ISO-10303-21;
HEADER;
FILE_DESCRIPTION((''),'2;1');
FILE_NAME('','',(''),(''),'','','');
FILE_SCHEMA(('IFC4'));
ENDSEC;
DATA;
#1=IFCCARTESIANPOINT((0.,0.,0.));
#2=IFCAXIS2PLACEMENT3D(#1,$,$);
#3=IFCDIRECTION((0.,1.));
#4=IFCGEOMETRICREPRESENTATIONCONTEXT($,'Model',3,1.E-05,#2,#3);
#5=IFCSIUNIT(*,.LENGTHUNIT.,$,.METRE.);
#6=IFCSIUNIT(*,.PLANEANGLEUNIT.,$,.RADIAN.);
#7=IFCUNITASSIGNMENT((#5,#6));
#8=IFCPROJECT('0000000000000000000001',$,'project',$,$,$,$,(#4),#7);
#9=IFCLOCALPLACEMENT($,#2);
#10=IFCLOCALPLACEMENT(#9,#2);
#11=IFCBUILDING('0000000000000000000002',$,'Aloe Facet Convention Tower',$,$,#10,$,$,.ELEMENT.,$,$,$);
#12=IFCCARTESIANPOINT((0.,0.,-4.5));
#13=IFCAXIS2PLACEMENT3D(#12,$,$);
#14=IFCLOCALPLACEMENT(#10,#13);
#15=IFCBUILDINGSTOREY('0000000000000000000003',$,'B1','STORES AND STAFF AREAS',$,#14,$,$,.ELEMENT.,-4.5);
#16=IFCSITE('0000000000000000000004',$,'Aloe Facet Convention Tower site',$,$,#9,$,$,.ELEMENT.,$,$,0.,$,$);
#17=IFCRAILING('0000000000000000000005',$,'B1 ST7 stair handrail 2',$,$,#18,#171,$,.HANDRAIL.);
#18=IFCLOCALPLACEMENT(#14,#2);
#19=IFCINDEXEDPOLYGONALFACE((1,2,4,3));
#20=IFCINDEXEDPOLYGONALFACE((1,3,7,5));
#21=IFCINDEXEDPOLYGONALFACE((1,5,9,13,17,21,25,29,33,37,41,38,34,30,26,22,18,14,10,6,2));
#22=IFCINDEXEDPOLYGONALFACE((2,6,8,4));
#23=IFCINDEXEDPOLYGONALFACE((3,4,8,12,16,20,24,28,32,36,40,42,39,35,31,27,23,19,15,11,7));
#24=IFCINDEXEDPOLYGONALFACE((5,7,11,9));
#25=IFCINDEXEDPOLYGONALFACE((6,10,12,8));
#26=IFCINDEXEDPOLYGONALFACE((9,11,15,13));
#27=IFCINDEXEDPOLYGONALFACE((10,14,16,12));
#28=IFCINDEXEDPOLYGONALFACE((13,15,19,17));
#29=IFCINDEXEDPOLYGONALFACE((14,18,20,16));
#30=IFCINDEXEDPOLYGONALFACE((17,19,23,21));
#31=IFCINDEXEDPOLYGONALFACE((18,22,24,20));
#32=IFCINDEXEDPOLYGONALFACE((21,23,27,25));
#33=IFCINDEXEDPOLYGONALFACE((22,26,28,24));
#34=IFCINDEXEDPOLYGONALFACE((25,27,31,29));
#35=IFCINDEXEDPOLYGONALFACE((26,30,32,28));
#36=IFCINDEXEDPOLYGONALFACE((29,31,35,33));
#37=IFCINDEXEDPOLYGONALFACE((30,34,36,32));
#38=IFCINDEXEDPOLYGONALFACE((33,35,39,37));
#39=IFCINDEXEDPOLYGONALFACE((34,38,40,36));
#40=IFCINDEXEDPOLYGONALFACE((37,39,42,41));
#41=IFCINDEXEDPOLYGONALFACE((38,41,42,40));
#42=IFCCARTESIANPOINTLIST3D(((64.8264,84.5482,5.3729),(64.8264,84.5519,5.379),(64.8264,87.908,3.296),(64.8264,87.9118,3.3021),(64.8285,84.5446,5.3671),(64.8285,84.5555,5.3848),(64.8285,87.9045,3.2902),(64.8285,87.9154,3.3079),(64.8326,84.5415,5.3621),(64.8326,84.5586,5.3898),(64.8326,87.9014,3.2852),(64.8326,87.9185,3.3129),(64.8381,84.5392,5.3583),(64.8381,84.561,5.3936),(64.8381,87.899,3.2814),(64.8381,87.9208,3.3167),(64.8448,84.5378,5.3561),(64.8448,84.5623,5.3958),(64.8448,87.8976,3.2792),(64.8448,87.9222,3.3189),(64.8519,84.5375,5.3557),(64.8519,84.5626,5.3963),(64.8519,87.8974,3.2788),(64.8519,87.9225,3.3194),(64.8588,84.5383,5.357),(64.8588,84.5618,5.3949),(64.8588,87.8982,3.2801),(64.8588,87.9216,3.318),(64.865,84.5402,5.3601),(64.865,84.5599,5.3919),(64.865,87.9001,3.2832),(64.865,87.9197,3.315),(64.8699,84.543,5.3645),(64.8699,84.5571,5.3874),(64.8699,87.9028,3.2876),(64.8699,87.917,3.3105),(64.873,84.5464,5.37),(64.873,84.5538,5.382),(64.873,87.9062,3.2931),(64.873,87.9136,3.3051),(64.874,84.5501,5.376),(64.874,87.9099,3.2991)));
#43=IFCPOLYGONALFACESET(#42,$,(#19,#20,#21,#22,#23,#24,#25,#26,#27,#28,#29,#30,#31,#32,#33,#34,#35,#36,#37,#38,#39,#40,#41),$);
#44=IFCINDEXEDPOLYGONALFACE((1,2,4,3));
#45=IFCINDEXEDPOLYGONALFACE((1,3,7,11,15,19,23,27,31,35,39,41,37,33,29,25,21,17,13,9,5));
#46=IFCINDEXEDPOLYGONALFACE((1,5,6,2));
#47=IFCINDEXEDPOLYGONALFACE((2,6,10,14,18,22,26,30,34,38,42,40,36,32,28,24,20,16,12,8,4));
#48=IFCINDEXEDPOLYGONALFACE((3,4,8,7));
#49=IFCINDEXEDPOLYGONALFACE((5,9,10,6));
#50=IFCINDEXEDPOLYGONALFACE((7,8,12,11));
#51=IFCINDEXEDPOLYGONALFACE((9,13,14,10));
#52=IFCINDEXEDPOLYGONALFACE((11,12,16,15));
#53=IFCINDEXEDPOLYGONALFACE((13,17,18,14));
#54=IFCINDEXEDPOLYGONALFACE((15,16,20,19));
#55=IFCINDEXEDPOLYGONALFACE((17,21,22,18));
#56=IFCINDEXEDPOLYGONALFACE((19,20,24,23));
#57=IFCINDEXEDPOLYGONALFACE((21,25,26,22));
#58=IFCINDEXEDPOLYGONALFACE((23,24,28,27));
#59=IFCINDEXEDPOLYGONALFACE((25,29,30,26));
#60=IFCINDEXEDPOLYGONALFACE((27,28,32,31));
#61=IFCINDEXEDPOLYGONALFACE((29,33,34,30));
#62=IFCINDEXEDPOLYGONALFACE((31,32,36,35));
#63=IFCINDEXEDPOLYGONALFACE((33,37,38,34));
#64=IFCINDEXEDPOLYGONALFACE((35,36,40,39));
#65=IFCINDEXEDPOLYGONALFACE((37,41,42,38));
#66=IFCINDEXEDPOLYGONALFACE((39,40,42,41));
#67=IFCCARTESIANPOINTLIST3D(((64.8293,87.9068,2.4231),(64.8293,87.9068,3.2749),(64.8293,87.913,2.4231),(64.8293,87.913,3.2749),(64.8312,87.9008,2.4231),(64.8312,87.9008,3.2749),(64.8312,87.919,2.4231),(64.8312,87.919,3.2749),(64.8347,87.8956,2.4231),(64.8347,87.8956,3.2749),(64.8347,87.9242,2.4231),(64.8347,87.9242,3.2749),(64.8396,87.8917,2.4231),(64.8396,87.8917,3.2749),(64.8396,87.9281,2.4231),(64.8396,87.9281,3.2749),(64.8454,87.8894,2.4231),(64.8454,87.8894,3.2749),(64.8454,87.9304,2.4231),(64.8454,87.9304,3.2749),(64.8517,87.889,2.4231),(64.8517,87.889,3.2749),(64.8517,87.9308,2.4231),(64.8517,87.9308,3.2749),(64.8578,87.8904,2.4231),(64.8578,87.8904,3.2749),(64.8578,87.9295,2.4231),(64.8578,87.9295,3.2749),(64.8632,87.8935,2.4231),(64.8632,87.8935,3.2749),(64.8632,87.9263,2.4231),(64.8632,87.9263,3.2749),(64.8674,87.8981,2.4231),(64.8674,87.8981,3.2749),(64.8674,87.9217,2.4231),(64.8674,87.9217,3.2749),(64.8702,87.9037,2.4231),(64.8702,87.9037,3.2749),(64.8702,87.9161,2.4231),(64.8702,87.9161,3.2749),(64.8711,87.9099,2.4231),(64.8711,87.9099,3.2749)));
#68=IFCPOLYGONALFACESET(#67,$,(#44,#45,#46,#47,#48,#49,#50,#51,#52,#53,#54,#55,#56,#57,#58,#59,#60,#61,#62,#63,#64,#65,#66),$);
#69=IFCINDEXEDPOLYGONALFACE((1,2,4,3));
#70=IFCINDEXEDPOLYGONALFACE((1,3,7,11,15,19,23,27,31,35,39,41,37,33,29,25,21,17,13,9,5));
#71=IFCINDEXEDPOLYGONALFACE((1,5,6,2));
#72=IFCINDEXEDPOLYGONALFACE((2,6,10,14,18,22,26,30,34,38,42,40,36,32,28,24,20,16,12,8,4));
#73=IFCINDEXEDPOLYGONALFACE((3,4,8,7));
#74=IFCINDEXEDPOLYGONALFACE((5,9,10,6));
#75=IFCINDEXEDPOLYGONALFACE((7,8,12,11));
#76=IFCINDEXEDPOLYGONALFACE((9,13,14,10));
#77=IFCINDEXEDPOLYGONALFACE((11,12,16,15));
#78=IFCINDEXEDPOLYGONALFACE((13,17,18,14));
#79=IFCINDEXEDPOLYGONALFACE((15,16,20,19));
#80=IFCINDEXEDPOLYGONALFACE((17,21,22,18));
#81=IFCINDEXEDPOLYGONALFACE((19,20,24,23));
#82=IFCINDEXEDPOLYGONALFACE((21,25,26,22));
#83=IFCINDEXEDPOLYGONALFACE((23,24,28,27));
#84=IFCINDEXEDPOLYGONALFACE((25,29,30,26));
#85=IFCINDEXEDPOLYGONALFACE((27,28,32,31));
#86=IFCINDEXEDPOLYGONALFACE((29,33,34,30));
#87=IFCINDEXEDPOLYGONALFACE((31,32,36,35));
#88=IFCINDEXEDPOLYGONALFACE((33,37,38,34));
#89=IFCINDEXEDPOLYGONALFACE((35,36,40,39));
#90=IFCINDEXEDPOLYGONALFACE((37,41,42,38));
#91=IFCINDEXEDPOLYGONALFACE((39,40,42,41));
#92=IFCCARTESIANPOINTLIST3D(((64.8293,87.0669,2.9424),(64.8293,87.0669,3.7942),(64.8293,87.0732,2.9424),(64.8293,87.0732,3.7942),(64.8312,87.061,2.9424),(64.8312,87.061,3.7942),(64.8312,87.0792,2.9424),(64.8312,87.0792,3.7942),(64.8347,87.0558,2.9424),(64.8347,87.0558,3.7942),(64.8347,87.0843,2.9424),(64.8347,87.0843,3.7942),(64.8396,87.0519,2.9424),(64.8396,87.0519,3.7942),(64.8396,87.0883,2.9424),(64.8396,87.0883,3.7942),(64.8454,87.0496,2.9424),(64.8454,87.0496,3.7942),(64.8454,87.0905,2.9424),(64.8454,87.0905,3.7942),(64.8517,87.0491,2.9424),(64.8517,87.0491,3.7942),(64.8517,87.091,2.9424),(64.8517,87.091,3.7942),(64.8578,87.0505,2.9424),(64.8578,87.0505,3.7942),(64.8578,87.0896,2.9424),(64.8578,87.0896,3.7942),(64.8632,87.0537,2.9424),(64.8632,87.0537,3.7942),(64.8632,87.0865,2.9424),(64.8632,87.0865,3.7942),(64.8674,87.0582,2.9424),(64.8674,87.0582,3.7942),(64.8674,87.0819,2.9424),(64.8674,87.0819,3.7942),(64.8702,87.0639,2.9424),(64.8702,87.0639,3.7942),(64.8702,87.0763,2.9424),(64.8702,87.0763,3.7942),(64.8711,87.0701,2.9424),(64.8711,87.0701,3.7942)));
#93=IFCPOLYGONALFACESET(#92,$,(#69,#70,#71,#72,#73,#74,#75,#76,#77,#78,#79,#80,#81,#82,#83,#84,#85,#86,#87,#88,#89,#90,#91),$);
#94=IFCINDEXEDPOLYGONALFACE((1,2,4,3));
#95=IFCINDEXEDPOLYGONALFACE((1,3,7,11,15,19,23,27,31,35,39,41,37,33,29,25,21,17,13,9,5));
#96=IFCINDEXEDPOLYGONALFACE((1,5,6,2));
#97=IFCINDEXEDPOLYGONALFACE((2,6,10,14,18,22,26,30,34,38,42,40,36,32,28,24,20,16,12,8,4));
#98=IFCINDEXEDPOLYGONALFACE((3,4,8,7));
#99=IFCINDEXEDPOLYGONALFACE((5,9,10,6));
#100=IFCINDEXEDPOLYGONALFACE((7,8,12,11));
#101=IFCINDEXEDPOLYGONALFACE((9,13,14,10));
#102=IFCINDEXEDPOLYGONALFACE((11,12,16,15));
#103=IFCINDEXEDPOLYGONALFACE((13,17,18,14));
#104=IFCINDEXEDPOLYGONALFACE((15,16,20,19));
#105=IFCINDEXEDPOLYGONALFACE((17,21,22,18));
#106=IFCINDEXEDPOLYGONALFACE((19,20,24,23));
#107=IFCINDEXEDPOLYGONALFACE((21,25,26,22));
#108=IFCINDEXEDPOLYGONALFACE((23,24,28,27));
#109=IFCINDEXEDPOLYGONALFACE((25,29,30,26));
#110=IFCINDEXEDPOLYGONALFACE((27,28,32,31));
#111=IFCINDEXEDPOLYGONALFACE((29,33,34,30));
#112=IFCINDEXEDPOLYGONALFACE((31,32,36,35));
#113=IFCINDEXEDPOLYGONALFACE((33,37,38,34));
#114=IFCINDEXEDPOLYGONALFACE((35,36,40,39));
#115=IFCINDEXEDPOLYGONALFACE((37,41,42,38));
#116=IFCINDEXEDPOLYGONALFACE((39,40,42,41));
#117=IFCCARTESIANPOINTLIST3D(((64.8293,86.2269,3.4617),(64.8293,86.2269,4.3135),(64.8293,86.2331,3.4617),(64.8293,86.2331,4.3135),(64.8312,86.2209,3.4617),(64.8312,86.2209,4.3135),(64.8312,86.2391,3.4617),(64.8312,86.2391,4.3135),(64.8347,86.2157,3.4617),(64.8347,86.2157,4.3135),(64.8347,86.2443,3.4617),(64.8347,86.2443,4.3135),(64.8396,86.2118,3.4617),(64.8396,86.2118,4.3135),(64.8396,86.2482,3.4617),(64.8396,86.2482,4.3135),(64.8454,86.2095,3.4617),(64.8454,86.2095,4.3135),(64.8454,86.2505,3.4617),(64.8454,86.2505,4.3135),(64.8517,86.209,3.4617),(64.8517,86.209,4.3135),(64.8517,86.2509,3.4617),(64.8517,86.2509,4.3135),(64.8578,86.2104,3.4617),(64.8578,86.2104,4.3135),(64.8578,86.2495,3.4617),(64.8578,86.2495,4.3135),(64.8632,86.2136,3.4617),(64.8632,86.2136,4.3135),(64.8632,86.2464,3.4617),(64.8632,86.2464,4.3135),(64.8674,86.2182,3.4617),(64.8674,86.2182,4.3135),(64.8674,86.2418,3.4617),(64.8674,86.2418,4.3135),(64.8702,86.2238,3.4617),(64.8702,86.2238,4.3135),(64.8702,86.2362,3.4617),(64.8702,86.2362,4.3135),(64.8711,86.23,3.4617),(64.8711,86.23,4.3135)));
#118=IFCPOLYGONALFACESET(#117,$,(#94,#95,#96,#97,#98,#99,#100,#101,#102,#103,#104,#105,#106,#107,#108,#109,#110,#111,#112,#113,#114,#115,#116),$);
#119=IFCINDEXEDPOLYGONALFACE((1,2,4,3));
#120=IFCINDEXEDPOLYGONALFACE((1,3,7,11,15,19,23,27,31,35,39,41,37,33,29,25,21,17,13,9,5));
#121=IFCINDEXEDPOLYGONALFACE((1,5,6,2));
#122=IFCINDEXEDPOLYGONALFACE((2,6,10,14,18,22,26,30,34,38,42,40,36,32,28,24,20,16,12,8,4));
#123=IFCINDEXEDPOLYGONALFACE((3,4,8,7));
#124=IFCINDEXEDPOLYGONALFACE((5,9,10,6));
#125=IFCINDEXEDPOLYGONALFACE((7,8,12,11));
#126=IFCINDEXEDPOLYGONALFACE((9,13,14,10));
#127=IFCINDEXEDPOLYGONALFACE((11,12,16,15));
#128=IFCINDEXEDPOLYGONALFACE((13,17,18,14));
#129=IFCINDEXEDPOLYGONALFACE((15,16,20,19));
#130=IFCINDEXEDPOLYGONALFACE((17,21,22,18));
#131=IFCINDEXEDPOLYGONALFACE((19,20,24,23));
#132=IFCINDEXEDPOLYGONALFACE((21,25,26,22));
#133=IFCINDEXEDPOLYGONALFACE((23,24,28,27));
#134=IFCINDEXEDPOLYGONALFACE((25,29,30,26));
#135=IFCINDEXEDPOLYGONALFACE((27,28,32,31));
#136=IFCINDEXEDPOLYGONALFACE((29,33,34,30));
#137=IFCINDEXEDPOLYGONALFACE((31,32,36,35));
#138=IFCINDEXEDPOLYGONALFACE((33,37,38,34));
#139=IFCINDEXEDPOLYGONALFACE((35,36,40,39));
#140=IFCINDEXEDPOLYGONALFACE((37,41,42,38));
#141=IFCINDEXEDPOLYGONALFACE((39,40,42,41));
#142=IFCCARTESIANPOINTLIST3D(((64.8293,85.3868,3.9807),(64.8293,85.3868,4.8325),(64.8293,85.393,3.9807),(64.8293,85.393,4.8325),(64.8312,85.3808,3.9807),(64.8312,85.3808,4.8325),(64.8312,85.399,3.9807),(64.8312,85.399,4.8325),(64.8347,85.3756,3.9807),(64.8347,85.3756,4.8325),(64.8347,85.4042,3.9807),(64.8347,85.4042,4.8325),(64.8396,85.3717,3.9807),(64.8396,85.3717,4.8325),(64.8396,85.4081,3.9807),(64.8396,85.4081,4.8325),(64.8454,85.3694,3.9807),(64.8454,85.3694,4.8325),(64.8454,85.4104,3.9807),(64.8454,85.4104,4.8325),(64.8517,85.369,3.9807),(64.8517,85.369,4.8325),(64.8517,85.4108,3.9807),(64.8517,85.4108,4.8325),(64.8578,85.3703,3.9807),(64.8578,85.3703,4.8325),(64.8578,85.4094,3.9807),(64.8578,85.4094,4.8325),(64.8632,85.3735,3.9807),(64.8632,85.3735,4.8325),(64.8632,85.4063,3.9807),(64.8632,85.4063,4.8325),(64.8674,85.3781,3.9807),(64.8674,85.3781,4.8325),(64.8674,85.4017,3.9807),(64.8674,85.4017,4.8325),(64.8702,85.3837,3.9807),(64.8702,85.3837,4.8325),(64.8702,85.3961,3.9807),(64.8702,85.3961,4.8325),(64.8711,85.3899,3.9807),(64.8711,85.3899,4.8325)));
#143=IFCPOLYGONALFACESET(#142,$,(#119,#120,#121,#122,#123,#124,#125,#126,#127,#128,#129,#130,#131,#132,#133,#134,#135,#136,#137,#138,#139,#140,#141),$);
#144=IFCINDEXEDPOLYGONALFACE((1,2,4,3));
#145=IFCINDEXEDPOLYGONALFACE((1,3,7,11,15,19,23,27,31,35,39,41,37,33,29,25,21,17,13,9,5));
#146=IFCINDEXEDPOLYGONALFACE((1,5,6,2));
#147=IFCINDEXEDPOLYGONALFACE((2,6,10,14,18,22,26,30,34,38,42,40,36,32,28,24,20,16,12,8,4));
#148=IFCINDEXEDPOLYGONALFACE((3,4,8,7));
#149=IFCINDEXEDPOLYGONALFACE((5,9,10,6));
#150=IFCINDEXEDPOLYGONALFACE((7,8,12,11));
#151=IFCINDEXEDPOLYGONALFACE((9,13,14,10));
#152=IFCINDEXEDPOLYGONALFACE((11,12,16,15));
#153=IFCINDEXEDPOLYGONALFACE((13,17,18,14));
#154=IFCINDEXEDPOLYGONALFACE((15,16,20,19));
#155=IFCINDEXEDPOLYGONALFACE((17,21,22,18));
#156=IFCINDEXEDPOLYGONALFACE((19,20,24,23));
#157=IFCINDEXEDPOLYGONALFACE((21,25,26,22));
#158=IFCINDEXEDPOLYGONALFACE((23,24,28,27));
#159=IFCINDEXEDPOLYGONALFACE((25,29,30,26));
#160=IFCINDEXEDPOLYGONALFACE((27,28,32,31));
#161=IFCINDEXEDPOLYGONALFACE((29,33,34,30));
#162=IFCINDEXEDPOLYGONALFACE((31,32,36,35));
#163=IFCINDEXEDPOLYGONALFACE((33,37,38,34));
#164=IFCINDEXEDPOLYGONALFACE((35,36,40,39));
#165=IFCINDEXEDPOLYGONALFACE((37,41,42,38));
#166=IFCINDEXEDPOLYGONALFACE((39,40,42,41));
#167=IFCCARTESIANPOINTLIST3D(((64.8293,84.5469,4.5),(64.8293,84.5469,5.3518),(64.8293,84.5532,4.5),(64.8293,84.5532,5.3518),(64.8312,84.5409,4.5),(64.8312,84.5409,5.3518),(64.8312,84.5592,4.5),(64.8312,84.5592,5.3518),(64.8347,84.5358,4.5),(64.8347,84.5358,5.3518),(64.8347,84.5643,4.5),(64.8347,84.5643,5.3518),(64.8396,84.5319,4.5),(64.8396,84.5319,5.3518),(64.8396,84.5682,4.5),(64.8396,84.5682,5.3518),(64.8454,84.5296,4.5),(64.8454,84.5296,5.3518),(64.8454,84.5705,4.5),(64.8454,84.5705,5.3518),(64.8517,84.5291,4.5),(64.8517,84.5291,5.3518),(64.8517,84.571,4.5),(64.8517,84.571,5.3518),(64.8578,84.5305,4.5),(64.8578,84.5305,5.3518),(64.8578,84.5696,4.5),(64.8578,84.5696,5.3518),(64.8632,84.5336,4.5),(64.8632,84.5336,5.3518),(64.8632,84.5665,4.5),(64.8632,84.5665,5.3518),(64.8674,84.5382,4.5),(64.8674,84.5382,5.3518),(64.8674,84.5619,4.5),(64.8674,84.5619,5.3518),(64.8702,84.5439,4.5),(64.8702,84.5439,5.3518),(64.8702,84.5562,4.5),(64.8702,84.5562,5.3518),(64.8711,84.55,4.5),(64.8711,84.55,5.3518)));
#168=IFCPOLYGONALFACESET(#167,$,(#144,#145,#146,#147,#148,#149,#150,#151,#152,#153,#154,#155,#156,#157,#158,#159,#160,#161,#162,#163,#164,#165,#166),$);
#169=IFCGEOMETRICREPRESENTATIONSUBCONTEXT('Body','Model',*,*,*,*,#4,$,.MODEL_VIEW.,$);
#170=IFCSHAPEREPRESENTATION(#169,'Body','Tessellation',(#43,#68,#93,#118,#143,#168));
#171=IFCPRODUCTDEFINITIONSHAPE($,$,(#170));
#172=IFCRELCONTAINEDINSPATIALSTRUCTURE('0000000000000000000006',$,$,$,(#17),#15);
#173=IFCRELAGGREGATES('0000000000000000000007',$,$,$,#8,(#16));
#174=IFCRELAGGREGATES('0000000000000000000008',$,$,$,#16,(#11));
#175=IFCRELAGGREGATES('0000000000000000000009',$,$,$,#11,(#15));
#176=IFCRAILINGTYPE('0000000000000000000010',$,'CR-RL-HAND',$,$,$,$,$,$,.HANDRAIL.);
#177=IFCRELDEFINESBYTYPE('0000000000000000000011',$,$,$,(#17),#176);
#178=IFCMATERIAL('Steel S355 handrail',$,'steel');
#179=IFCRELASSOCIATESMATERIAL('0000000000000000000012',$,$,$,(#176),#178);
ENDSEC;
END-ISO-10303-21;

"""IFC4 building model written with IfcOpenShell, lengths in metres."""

from ifc_helpers import new_model, si_unit, direction, frame, origin, origin_2d, place, context, subcontext, project, spatial, circle, extrude, material, type_object, element, save


model = new_model("IFC4")

# Units and contexts
model_context = context("Model", 3, precision=1e-05, world=origin(), true_north=direction((0.0, 1.0)))
body_context = subcontext(model_context, "Body", "Model", "MODEL_VIEW")
ifc_project = project(units=[si_unit("LENGTHUNIT", "METRE"), si_unit("PLANEANGLEUNIT", "RADIAN")], contexts=[model_context])

# Site, building, storey
site_placement = place(None, origin())
site = spatial("IfcSite", under=ifc_project, at=site_placement, Name="Aloe Facet Convention Tower site", CompositionType="ELEMENT", RefElevation=0.0)
building_placement = place(site_placement, origin())
building = spatial("IfcBuilding", under=site, at=building_placement, Name="Aloe Facet Convention Tower", CompositionType="ELEMENT")
storey_placement = place(building_placement, frame((0.0, 0.0, -4.5)))
storey = spatial("IfcBuildingStorey", under=building, at=storey_placement, Name="B1", Description="STORES AND STAFF AREAS", CompositionType="ELEMENT", Elevation=-4.5)

# Railing
ifc_material_1 = material(Name="Steel S355 handrail", Category="steel")
railing_type_1 = type_object("IfcRailingType", Name="CR-RL-HAND", PredefinedType="HANDRAIL", material=ifc_material_1)
railing_1_placement = place(storey_placement, frame((64.8501, 87.9099, 2.4231)))
element("IfcRailing", 1, at=railing_1_placement, inside=storey, type_object=railing_type_1, Name="B1 ST7 stair handrail 2", PredefinedType="HANDRAIL", context=body_context, shape_type="SweptSolid", body=[
    extrude(circle(Radius=0.0239, at=origin_2d()), frame((0.0, 0.0, 0.876), z_axis=(0.0, -0.850606, 0.525803), x_axis=(1.0, 0.0, 0.0)), (0.0, 0.0, 1.0), 3.95),
    extrude(circle(Radius=0.021, at=origin_2d()), origin(), (0.0, 0.0, 1.0), 0.8518),
    extrude(circle(Radius=0.021, at=origin_2d()), frame((0.0, -0.8398, 0.5193)), (0.0, 0.0, 1.0), 0.8518),
    extrude(circle(Radius=0.021, at=origin_2d()), frame((0.0, -1.6799, 1.0386)), (0.0, 0.0, 1.0), 0.8518),
    extrude(circle(Radius=0.021, at=origin_2d()), frame((0.0, -2.52, 1.5576)), (0.0, 0.0, 1.0), 0.8518),
    extrude(circle(Radius=0.021, at=origin_2d()), frame((0.0, -3.3599, 2.0769)), (0.0, 0.0, 1.0), 0.8518),
])

save(model, "model.ifc")
